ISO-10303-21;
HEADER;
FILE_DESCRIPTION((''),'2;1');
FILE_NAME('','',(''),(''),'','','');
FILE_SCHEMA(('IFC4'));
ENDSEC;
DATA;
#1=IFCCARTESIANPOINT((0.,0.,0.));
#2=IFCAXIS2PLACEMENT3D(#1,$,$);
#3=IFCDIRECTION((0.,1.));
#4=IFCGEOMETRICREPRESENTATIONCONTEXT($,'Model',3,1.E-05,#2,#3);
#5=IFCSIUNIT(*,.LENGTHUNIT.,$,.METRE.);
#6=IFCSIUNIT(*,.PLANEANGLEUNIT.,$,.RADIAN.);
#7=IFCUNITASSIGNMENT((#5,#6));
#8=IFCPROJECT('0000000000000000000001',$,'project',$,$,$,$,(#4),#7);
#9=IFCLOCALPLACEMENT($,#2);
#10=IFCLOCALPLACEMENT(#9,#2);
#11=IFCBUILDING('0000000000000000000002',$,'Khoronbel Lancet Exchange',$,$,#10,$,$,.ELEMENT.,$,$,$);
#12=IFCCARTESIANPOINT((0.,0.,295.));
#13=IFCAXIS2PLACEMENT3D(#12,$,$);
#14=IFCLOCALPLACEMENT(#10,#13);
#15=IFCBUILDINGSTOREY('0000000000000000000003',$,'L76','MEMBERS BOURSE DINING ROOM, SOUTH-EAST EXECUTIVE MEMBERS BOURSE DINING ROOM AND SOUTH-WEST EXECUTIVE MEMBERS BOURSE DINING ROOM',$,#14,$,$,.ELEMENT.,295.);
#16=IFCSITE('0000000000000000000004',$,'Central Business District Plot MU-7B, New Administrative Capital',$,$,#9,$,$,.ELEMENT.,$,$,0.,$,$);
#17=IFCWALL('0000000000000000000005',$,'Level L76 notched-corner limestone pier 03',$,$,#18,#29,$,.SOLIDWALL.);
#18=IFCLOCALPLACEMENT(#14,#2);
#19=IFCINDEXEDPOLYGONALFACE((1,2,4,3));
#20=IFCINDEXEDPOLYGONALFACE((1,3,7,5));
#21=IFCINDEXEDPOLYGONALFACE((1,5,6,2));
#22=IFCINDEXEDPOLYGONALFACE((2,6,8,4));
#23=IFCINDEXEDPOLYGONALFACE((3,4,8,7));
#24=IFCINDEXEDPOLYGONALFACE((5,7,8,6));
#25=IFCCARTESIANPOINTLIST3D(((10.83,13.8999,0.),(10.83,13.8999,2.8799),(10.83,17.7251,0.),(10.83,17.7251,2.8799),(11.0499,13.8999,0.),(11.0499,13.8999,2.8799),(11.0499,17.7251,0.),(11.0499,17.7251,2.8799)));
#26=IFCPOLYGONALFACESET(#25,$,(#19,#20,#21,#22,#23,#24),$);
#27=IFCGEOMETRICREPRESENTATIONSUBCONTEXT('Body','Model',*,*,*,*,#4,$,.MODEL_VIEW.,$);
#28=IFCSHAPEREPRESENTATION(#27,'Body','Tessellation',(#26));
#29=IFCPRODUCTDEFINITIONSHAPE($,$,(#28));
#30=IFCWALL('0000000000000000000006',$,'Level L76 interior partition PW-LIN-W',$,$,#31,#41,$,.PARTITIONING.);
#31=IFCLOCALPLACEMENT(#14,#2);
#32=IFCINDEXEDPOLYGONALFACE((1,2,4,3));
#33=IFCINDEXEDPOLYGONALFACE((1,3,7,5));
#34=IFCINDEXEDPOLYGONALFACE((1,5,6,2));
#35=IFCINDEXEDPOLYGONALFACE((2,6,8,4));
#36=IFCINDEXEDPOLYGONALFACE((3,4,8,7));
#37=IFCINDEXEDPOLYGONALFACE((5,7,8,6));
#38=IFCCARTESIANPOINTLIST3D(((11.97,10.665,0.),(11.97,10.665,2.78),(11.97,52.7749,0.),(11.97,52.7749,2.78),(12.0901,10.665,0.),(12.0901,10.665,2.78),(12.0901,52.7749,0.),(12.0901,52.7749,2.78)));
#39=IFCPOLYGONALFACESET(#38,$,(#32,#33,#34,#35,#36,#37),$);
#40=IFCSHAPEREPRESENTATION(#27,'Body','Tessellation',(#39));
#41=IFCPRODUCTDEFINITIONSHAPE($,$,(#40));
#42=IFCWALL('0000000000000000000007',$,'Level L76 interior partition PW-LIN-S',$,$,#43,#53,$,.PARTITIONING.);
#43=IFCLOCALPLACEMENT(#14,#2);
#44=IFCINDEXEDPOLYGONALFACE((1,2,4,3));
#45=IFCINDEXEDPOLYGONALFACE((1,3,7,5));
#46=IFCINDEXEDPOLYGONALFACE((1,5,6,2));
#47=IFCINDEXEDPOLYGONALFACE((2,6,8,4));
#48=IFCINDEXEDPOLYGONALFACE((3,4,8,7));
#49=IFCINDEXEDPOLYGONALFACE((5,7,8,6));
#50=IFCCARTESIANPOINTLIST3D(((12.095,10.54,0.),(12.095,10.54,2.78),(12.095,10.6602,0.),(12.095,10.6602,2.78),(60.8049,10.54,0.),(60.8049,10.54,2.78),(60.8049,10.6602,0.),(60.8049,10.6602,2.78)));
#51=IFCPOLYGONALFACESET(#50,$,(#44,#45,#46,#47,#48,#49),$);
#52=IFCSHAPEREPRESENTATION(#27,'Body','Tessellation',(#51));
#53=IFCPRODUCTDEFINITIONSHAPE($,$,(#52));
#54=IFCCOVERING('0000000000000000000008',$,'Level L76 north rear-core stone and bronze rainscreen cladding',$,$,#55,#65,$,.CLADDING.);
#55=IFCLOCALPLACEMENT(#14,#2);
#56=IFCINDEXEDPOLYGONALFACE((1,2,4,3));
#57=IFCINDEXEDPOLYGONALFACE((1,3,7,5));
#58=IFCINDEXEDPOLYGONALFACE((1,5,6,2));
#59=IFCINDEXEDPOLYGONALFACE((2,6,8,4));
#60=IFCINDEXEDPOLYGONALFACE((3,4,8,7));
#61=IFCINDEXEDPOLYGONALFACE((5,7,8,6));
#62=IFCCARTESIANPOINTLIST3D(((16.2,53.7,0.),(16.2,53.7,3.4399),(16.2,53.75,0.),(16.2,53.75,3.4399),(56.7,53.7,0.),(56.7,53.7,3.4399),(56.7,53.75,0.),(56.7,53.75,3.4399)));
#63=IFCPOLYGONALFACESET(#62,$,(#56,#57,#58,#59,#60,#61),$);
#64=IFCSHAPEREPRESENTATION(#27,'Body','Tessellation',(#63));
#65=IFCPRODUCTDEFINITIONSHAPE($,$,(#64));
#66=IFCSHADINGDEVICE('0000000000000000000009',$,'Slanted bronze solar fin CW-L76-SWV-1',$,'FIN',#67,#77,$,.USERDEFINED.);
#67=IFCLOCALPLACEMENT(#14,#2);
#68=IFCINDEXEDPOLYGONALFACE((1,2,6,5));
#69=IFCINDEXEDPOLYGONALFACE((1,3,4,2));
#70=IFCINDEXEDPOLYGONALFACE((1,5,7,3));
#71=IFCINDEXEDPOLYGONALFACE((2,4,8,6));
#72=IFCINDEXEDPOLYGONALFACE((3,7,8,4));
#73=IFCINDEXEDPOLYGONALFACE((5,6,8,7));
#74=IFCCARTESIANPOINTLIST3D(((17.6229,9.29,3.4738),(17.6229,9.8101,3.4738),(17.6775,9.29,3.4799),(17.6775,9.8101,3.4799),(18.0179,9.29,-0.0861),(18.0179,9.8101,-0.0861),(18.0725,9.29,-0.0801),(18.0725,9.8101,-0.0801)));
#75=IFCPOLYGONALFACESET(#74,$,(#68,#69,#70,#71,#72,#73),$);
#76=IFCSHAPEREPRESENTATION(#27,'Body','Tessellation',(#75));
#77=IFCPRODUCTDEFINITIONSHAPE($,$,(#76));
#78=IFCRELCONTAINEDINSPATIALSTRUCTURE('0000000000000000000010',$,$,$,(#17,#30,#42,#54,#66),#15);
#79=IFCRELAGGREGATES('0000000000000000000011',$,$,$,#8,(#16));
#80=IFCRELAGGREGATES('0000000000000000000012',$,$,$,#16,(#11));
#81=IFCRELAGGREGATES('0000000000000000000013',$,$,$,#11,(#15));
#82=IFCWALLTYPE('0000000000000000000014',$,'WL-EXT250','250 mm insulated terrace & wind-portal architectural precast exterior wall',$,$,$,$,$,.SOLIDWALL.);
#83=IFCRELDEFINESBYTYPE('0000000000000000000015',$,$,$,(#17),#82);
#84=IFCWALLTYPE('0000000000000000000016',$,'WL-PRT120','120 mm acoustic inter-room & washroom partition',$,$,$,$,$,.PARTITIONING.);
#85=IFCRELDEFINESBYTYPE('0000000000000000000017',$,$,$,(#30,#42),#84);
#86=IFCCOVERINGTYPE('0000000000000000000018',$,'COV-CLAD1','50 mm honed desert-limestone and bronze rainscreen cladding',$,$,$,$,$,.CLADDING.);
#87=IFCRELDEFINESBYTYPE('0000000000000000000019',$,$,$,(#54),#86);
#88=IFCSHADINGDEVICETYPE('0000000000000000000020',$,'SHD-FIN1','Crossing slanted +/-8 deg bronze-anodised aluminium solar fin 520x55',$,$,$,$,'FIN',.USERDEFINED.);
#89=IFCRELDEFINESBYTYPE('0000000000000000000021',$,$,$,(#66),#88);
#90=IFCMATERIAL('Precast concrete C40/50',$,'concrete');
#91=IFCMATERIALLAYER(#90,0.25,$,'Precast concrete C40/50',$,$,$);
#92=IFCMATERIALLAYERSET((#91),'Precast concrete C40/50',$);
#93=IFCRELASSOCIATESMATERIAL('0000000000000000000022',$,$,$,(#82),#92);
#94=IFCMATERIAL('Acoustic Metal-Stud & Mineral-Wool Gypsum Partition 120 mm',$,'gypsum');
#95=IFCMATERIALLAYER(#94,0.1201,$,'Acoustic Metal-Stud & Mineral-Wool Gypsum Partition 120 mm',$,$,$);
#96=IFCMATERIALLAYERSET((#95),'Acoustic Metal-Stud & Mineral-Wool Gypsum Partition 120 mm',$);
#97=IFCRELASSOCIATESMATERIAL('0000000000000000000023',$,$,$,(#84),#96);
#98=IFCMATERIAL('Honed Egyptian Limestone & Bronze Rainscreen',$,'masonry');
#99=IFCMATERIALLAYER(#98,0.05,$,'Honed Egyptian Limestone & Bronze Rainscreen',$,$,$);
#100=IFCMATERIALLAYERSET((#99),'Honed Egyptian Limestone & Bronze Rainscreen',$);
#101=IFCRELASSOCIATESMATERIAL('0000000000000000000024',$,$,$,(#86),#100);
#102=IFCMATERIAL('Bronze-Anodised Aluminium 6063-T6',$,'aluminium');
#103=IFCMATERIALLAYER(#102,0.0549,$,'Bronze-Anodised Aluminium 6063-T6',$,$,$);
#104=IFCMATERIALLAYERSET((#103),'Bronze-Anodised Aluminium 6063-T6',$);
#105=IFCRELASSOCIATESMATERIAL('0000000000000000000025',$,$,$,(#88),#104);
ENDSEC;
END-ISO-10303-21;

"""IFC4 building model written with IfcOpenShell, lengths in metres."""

from ifc_helpers import new_model, si_unit, direction, frame, frame_2d, origin, place, context, subcontext, project, spatial, polyline, rectangle, outline, extrude, material, layer, layer_set, type_object, element, save


model = new_model("IFC4")

# Units and contexts
model_context = context("Model", 3, precision=1e-05, world=origin(), true_north=direction((0.0, 1.0)))
body_context = subcontext(model_context, "Body", "Model", "MODEL_VIEW")
ifc_project = project(units=[si_unit("LENGTHUNIT", "METRE"), si_unit("PLANEANGLEUNIT", "RADIAN")], contexts=[model_context])

# Site, building, storey
site_placement = place(None, origin())
site = spatial("IfcSite", under=ifc_project, at=site_placement, Name="Central Business District Plot MU-7B, New Administrative Capital", CompositionType="ELEMENT", RefElevation=0.0)
building_placement = place(site_placement, origin())
building = spatial("IfcBuilding", under=site, at=building_placement, Name="Khoronbel Lancet Exchange", CompositionType="ELEMENT")
storey_placement = place(building_placement, frame((0.0, 0.0, 295.0)))
storey = spatial("IfcBuildingStorey", under=building, at=storey_placement, Name="L76", Description="MEMBERS BOURSE DINING ROOM, SOUTH-EAST EXECUTIVE MEMBERS BOURSE DINING ROOM AND SOUTH-WEST EXECUTIVE MEMBERS BOURSE DINING ROOM", CompositionType="ELEMENT", Elevation=295.0)

# Shared definitions
ifc_material_1 = material(Name="Bronze-Anodised Aluminium 6063-T6", Category="aluminium")

# Walls
ifc_material_2 = material(Name="Precast concrete C40/50", Category="concrete")
ifc_layer_1 = layer(ifc_material_2, 0.25, Name="Precast concrete C40/50")
ifc_layer_set_1 = layer_set([ifc_layer_1], Name="Precast concrete C40/50")
wall_type_1 = type_object("IfcWallType", Name="WL-EXT250", Description="250 mm insulated terrace & wind-portal architectural precast exterior wall", PredefinedType="SOLIDWALL", material=ifc_layer_set_1)
wall_1_placement = place(storey_placement, frame((10.9399, 13.8999, 0.0), z_axis=(0.0, 0.0, 1.0), x_axis=(0.0, 1.0, 0.0)))
element("IfcWall", 1, at=wall_1_placement, inside=storey, type_object=wall_type_1, Name="Level L76 notched-corner limestone pier 03", PredefinedType="SOLIDWALL", context=body_context, shape_type="SweptSolid", body=[
    extrude(rectangle(XDim=3.8252, YDim=0.22, at=frame_2d((1.9126, 0.0))), origin(), (0.0, 0.0, 1.0), 2.8799),
])
ifc_material_3 = material(Name="Acoustic Metal-Stud & Mineral-Wool Gypsum Partition 120 mm", Category="gypsum")
ifc_layer_2 = layer(ifc_material_3, 0.1201, Name="Acoustic Metal-Stud & Mineral-Wool Gypsum Partition 120 mm")
ifc_layer_set_2 = layer_set([ifc_layer_2], Name="Acoustic Metal-Stud & Mineral-Wool Gypsum Partition 120 mm")
wall_type_2 = type_object("IfcWallType", Name="WL-PRT120", Description="120 mm acoustic inter-room & washroom partition", PredefinedType="PARTITIONING", material=ifc_layer_set_2)
wall_2_placement = place(storey_placement, frame((12.03, 10.665, 0.0), z_axis=(0.0, 0.0, 1.0), x_axis=(0.0, 1.0, 0.0)))
element("IfcWall", 2, at=wall_2_placement, inside=storey, type_object=wall_type_2, Name="Level L76 interior partition PW-LIN-W", PredefinedType="PARTITIONING", context=body_context, shape_type="SweptSolid", body=[
    extrude(rectangle(XDim=42.1099, YDim=0.1201, at=frame_2d((21.0549, 0.0))), origin(), (0.0, 0.0, 1.0), 2.78),
])
wall_3_placement = place(storey_placement, frame((12.095, 10.6001, 0.0), z_axis=(0.0, 0.0, 1.0), x_axis=(1.0, 0.0, 0.0)))
element("IfcWall", 3, at=wall_3_placement, inside=storey, type_object=wall_type_2, Name="Level L76 interior partition PW-LIN-S", PredefinedType="PARTITIONING", context=body_context, shape_type="SweptSolid", body=[
    extrude(rectangle(XDim=48.71, YDim=0.1201, at=frame_2d((24.355, 0.0))), origin(), (0.0, 0.0, 1.0), 2.78),
])

# Covering
ifc_material_4 = material(Name="Honed Egyptian Limestone & Bronze Rainscreen", Category="masonry")
ifc_layer_3 = layer(ifc_material_4, 0.05, Name="Honed Egyptian Limestone & Bronze Rainscreen")
ifc_layer_set_3 = layer_set([ifc_layer_3], Name="Honed Egyptian Limestone & Bronze Rainscreen")
covering_type = type_object("IfcCoveringType", Name="COV-CLAD1", Description="50 mm honed desert-limestone and bronze rainscreen cladding", PredefinedType="CLADDING", material=ifc_layer_set_3)
covering_placement = place(storey_placement, origin())
element("IfcCovering", 4, at=covering_placement, inside=storey, type_object=covering_type, Name="Level L76 north rear-core stone and bronze rainscreen cladding", PredefinedType="CLADDING", context=body_context, shape_type="SweptSolid", body=[
    extrude(outline(polyline([(16.2, 53.7), (56.7, 53.7), (56.7, 53.75), (16.2, 53.75), (16.2, 53.7)])), origin(), (0.0, 0.0, 1.0), 3.4399),
])

# Shading device
ifc_layer_4 = layer(ifc_material_1, 0.0549, Name="Bronze-Anodised Aluminium 6063-T6")
ifc_layer_set_4 = layer_set([ifc_layer_4], Name="Bronze-Anodised Aluminium 6063-T6")
shading_device_type = type_object("IfcShadingDeviceType", Name="SHD-FIN1", Description="Crossing slanted +/-8 deg bronze-anodised aluminium solar fin 520x55", ElementType="FIN", PredefinedType="USERDEFINED", material=ifc_layer_set_4)
shading_device_placement = place(storey_placement, frame((18.0725, 9.8101, -0.0801), z_axis=(0.9939, 0.0, 0.110282), x_axis=(0.0, -1.0, 0.0)))
element("IfcShadingDevice", 5, at=shading_device_placement, inside=storey, type_object=shading_device_type, Name="Slanted bronze solar fin CW-L76-SWV-1", ObjectType="FIN", PredefinedType="USERDEFINED", context=body_context, shape_type="SweptSolid", body=[
    extrude(outline(polyline([(0.0, 0.0), (0.52, 0.0), (0.52, -3.5818), (0.0, -3.5818), (0.0, 0.0)])), origin(), (0.0, 0.0, -1.0), 0.0549),
])

save(model, "model.ifc")
